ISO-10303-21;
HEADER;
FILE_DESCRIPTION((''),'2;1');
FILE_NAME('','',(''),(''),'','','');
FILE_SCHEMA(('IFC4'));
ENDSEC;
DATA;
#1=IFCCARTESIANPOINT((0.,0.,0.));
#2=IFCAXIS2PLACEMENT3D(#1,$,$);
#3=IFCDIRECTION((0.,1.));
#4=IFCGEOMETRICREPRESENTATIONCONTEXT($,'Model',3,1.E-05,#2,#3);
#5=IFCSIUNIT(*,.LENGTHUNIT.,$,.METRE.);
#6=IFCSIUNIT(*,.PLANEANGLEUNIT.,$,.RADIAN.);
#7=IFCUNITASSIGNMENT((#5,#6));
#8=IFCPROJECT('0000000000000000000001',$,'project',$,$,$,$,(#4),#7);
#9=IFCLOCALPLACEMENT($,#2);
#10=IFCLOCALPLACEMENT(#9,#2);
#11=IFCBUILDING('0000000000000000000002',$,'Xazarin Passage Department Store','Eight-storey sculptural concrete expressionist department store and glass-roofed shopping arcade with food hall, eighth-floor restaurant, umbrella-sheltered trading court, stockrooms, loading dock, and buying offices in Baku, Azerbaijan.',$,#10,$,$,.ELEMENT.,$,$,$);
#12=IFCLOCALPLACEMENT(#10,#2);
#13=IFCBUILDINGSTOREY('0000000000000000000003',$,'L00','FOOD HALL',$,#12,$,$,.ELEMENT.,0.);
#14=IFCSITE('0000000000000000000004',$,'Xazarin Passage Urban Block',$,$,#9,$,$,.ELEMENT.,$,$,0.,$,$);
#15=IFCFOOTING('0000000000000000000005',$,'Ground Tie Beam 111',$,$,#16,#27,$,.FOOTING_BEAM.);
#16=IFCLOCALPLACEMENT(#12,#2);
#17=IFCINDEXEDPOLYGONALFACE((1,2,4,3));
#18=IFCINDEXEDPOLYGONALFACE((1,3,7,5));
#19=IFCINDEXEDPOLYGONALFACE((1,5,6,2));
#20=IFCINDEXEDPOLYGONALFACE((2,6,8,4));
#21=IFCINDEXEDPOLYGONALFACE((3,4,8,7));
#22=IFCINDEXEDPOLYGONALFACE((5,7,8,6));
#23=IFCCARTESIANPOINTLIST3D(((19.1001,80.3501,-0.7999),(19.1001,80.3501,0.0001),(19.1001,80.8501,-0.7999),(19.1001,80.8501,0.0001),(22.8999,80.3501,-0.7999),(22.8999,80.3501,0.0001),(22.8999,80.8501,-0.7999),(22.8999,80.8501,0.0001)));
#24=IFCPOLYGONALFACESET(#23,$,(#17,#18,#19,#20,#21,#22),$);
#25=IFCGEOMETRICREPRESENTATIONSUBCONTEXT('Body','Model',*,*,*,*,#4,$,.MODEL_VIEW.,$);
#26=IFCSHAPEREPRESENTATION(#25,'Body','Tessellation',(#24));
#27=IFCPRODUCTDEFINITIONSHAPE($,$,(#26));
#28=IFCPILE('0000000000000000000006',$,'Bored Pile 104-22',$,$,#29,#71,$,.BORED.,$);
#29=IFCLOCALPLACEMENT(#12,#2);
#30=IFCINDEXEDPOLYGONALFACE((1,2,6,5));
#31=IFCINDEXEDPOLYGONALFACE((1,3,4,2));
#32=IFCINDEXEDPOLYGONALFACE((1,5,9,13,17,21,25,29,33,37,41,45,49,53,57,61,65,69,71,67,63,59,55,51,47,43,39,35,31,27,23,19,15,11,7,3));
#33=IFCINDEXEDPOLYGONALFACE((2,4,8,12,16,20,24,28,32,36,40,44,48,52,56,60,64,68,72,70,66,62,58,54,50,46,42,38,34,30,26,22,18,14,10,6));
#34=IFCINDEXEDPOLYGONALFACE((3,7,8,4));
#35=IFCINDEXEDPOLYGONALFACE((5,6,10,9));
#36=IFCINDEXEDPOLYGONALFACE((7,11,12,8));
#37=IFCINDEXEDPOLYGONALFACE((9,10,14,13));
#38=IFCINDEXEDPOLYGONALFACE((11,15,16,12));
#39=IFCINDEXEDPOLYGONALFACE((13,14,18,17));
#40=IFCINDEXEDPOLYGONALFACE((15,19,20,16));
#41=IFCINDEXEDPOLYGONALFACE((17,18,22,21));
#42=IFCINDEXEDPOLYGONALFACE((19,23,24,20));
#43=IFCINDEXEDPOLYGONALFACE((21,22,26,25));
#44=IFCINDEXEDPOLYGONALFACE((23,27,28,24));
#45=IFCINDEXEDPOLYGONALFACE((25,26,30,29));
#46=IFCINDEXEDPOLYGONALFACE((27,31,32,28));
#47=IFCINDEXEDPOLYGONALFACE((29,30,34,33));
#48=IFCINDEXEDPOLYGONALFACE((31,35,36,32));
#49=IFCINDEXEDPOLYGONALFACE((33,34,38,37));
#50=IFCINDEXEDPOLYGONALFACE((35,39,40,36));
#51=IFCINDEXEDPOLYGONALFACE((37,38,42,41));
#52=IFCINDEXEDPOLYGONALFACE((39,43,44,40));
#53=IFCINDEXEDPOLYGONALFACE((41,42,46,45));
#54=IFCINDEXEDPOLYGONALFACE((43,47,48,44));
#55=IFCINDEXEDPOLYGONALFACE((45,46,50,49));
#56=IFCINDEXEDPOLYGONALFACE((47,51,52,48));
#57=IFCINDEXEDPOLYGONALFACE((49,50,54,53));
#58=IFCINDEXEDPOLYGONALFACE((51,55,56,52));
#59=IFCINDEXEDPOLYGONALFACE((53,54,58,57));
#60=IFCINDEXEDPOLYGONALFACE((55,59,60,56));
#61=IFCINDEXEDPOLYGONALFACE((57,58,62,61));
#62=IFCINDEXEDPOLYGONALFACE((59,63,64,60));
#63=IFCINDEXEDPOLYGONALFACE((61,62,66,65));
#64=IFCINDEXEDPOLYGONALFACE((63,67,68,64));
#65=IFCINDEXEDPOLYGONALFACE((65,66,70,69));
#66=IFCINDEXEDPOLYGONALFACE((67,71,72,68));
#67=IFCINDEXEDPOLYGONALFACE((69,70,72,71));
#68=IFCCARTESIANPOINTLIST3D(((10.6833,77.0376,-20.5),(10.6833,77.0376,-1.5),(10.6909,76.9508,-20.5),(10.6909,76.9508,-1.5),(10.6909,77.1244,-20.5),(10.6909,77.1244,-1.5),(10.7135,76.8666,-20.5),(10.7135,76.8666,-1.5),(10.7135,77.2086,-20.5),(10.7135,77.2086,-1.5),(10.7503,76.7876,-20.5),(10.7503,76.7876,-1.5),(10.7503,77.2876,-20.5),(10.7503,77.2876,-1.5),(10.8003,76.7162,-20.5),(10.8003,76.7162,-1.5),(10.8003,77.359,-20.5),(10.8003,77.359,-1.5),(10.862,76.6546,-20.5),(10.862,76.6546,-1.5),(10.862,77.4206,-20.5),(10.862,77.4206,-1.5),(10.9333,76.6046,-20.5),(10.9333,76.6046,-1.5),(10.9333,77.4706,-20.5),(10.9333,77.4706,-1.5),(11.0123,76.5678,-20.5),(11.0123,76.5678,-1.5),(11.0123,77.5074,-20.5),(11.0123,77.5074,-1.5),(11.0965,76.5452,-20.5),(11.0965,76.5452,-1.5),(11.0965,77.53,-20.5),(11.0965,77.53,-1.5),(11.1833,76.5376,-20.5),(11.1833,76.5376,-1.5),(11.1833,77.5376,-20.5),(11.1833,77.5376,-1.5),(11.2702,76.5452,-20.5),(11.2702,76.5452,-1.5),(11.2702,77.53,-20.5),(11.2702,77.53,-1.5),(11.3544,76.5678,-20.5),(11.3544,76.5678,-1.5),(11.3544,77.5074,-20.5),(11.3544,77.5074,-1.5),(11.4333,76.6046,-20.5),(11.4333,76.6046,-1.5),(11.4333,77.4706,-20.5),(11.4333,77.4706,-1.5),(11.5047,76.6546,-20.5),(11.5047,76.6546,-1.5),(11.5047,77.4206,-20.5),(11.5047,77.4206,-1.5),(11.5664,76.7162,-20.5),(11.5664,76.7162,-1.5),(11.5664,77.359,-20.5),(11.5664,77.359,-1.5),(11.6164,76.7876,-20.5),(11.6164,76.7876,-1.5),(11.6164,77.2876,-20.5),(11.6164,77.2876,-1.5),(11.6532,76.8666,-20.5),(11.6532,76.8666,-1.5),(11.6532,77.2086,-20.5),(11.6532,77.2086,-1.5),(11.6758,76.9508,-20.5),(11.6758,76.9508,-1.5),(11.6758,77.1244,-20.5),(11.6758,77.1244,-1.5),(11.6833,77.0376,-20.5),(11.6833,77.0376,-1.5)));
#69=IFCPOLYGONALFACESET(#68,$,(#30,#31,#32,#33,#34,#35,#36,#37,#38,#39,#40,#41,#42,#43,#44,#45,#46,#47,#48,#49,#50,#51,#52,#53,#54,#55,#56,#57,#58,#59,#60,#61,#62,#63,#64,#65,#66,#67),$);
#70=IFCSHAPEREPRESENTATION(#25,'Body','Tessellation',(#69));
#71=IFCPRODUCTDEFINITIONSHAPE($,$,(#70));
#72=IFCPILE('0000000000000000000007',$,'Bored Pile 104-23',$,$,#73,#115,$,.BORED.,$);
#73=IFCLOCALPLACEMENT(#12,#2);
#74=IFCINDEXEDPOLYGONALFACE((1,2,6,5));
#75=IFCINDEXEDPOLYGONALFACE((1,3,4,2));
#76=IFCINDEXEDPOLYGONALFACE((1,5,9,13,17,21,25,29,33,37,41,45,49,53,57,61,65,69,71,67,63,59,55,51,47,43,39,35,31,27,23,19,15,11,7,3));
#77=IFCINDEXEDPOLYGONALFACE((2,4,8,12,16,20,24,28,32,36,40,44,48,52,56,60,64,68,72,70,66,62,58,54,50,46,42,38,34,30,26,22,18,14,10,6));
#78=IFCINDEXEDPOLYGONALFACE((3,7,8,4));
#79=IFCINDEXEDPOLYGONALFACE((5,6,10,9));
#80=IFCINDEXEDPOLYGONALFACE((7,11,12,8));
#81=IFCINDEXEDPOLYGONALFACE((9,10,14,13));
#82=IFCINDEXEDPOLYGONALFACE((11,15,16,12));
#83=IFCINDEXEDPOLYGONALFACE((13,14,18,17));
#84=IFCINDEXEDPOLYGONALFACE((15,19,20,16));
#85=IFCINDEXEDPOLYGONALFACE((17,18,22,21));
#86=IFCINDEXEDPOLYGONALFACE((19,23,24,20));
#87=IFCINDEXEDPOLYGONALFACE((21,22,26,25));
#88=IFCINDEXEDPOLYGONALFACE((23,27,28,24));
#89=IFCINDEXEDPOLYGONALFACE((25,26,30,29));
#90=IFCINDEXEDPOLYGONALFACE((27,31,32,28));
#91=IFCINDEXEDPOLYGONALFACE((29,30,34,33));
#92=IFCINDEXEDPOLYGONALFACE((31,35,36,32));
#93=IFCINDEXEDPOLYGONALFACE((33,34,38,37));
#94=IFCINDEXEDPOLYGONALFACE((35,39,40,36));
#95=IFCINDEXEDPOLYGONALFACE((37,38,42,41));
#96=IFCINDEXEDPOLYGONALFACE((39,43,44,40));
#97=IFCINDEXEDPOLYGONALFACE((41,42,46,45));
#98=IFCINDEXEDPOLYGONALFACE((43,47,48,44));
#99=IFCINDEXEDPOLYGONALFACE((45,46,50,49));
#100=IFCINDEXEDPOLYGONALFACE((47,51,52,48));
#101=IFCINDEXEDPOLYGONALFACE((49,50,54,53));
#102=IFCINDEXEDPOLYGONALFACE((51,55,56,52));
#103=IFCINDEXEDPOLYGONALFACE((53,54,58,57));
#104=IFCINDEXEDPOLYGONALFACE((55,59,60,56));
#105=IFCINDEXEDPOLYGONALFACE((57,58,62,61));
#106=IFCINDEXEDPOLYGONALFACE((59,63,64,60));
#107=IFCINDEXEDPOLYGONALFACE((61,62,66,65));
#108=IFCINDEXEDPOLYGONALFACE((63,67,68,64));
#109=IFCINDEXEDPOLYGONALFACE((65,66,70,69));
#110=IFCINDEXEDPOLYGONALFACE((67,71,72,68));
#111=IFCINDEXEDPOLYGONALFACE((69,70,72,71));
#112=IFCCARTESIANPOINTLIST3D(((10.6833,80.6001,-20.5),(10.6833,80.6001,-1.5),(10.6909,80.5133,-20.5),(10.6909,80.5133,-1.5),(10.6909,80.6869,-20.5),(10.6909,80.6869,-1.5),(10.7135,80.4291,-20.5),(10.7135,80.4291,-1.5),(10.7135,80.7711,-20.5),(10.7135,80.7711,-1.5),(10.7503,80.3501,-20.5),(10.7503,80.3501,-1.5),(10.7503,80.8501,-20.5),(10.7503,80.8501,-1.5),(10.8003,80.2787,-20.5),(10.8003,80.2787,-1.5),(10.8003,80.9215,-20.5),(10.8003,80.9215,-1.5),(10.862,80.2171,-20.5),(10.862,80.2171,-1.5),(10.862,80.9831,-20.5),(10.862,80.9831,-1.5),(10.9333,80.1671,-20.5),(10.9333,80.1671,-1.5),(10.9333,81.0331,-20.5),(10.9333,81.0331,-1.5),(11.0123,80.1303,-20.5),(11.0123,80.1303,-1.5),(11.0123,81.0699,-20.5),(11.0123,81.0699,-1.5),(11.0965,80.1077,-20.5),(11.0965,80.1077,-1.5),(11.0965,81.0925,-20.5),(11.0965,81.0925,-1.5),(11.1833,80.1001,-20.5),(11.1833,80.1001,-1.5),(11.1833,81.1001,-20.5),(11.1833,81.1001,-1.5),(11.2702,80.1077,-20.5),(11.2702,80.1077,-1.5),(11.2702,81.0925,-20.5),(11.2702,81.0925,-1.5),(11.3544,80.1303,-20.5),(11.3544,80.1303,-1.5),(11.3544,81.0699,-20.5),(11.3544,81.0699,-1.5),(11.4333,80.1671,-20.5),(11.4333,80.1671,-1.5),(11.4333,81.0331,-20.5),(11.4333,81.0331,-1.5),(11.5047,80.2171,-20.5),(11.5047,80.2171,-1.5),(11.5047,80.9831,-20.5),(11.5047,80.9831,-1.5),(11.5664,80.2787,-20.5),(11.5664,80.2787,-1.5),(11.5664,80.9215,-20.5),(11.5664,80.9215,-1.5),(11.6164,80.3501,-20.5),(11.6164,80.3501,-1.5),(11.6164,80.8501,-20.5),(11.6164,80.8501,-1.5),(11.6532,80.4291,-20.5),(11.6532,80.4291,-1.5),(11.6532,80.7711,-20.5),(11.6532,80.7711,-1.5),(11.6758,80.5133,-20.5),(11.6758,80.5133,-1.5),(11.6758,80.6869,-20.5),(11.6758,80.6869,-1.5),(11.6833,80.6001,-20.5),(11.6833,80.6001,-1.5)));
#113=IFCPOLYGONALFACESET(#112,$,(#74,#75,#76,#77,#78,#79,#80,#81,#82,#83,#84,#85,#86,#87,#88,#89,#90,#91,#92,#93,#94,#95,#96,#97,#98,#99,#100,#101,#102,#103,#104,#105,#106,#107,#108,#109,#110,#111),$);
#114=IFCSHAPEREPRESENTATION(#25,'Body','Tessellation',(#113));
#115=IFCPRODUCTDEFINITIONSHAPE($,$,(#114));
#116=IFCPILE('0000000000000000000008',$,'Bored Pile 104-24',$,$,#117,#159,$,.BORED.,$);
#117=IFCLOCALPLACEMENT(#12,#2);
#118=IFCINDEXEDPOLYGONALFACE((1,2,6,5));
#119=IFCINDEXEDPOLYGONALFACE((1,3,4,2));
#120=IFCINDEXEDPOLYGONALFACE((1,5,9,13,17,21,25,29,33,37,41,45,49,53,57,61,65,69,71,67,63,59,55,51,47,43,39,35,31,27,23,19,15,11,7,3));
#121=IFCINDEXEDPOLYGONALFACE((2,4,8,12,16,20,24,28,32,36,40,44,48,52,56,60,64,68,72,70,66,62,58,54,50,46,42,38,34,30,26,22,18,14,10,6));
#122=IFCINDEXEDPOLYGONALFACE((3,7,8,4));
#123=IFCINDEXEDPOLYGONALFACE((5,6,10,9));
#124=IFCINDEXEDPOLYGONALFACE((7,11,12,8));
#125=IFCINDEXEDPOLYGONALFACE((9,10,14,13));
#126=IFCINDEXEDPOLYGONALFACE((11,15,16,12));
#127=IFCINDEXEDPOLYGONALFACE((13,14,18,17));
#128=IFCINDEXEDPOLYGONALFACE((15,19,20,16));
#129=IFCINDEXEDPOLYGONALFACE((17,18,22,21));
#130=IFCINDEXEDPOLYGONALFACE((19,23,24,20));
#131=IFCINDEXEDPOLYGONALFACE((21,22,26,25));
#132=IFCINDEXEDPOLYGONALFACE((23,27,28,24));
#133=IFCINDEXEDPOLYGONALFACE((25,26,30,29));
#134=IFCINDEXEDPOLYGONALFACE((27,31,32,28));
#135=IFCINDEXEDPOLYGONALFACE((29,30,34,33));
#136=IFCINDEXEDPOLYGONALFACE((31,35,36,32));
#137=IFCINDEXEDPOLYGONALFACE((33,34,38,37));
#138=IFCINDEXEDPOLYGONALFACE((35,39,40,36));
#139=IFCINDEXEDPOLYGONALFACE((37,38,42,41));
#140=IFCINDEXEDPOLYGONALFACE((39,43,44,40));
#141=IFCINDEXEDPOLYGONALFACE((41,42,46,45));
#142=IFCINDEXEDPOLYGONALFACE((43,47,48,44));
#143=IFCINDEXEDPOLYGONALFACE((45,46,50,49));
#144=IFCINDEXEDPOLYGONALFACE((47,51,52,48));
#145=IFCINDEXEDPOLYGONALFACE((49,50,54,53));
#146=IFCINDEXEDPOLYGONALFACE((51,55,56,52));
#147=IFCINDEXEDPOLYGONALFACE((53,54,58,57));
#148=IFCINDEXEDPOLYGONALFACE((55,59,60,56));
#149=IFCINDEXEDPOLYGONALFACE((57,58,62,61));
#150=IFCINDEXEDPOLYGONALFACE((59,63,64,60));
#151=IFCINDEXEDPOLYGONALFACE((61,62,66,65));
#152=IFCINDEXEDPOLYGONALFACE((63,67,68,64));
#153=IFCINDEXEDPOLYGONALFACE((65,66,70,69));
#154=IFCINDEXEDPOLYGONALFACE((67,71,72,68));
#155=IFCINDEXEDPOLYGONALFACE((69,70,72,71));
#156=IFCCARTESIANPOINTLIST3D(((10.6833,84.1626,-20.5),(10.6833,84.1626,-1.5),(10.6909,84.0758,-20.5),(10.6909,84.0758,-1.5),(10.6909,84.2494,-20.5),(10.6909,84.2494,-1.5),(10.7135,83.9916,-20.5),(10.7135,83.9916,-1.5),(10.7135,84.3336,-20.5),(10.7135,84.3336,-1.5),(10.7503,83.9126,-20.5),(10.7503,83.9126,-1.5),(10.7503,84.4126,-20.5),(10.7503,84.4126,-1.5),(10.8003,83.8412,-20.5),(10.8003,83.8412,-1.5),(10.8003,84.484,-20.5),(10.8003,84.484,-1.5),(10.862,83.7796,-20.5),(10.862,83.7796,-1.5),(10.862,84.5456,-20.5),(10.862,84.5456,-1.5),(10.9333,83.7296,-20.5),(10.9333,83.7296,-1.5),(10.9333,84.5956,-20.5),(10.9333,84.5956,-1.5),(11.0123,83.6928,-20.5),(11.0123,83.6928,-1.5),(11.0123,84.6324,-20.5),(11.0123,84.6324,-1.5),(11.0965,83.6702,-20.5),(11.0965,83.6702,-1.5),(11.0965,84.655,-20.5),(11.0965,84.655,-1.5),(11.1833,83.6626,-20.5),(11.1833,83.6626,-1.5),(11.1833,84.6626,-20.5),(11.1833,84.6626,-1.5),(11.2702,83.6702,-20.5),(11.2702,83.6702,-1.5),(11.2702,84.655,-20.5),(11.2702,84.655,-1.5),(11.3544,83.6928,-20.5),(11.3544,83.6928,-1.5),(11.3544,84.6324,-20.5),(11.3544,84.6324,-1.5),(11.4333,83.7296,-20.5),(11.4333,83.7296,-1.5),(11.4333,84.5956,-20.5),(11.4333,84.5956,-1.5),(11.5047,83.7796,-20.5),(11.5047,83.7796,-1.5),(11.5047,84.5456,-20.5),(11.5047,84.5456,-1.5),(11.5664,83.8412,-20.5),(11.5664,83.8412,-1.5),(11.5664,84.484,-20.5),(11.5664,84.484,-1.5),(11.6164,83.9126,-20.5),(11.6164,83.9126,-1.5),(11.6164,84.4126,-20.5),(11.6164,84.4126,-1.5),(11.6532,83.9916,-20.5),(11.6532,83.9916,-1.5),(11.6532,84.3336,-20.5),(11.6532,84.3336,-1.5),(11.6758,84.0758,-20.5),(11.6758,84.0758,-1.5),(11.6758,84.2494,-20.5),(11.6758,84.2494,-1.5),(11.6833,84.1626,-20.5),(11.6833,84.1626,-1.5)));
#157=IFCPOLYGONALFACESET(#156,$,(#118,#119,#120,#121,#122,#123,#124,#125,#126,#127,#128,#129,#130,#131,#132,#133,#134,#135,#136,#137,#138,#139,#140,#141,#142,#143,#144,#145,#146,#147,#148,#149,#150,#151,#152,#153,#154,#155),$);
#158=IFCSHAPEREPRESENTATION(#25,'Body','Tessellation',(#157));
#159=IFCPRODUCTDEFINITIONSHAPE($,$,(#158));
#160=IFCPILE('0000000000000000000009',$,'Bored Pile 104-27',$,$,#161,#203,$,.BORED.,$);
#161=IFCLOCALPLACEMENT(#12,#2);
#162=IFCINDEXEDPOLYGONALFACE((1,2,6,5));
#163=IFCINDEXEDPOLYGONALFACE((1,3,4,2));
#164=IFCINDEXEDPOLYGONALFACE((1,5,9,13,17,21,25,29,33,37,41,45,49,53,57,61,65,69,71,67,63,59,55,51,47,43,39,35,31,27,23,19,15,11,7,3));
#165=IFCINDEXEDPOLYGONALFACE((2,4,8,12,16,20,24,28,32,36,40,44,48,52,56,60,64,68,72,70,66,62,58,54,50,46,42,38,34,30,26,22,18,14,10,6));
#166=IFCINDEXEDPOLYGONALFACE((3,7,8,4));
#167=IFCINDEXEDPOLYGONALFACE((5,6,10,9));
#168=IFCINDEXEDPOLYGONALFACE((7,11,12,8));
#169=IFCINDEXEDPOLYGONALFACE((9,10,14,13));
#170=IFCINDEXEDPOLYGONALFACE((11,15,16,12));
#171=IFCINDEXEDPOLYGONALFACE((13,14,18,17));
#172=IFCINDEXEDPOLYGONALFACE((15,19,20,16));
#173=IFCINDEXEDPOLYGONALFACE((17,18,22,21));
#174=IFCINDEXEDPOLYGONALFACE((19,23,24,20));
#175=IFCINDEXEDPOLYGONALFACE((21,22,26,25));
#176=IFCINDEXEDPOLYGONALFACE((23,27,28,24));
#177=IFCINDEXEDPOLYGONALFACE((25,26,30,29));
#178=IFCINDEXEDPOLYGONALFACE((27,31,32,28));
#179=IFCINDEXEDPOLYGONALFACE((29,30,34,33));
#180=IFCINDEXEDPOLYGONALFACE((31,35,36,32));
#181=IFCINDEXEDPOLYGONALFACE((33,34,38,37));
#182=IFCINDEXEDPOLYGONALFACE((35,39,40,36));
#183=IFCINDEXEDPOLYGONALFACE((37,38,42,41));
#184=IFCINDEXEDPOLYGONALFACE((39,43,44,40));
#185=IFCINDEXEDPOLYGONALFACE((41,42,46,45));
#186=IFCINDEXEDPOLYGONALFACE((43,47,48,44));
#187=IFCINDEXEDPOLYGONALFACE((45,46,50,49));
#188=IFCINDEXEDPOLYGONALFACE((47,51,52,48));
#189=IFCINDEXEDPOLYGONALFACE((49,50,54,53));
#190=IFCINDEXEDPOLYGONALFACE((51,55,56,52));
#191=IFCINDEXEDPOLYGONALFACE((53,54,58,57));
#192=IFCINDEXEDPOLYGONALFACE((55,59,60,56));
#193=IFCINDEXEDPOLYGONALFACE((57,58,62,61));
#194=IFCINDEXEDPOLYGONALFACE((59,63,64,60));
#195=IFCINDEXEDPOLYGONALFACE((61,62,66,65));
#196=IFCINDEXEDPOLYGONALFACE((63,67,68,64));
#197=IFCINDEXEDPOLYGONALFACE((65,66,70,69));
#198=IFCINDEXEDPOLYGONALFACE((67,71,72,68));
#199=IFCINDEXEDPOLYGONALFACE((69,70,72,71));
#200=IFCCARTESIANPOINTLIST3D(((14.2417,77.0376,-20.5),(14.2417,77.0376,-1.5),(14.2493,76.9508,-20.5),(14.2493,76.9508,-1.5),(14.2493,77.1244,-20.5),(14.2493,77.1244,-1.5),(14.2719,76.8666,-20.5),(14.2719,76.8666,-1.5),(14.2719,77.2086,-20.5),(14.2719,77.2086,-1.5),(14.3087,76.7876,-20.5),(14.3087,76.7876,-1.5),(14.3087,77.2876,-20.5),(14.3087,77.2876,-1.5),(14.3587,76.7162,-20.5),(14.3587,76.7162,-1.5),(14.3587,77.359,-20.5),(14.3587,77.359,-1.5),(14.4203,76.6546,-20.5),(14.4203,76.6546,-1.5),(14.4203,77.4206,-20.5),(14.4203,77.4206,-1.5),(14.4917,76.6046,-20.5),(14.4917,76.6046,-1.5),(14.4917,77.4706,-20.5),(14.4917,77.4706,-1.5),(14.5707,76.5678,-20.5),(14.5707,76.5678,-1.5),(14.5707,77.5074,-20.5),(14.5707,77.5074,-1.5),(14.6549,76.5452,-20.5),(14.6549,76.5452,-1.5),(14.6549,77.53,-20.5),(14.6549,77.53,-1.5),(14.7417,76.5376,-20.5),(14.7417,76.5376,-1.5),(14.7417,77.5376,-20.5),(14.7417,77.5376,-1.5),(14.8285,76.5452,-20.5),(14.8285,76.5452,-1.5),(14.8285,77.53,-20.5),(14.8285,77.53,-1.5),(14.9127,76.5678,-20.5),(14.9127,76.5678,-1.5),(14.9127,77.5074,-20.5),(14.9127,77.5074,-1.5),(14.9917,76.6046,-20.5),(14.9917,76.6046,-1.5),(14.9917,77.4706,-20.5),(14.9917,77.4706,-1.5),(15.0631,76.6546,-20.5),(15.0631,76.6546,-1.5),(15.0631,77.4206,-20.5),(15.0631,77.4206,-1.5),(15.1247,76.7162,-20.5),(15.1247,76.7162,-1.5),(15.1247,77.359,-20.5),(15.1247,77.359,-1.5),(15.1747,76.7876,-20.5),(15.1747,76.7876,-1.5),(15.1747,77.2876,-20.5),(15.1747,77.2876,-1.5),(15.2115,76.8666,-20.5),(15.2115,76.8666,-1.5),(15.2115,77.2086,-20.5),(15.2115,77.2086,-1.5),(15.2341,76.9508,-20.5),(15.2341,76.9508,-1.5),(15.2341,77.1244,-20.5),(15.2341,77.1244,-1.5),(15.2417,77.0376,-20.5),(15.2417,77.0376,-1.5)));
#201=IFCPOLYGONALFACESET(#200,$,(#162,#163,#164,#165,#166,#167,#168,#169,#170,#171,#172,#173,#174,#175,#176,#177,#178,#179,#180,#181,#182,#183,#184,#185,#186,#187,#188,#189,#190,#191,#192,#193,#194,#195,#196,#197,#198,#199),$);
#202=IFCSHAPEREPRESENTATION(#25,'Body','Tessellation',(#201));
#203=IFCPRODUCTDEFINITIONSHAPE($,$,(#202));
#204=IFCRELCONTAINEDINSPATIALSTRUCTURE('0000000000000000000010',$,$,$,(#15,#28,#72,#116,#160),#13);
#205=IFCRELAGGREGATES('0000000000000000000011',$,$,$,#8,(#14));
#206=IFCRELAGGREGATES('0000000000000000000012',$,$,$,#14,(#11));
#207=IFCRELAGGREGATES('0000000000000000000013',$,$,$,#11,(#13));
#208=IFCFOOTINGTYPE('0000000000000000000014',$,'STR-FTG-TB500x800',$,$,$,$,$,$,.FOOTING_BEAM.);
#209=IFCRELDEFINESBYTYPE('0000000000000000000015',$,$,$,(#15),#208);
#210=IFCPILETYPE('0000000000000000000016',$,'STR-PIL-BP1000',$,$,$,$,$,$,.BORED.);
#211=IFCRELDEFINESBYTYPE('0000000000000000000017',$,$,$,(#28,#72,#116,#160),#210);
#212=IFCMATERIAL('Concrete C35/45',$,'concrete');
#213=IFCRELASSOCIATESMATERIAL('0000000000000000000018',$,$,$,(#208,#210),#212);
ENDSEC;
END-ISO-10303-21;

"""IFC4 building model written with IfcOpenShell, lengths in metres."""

from ifc_helpers import new_model, si_unit, direction, frame, origin, origin_2d, place, context, subcontext, project, spatial, rectangle, circle, extrude, material, material_profile, profile_set, type_object, element, save


model = new_model("IFC4")

# Units and contexts
model_context = context("Model", 3, precision=1e-05, world=origin(), true_north=direction((0.0, 1.0)))
body_context = subcontext(model_context, "Body", "Model", "MODEL_VIEW")
ifc_project = project(units=[si_unit("LENGTHUNIT", "METRE"), si_unit("PLANEANGLEUNIT", "RADIAN")], contexts=[model_context])

# Site, building, storey
site_placement = place(None, origin())
site = spatial("IfcSite", under=ifc_project, at=site_placement, Name="Xazarin Passage Urban Block", CompositionType="ELEMENT", RefElevation=0.0)
building_placement = place(site_placement, origin())
building = spatial("IfcBuilding", under=site, at=building_placement, Name="Xazarin Passage Department Store", Description="Eight-storey sculptural concrete expressionist department store and glass-roofed shopping arcade with food hall, eighth-floor restaurant, umbrella-sheltered trading court, stockrooms, loading dock, and buying offices in Baku, Azerbaijan.", CompositionType="ELEMENT")
storey_placement = place(building_placement, origin())
storey = spatial("IfcBuildingStorey", under=building, at=storey_placement, Name="L00", Description="FOOD HALL", CompositionType="ELEMENT", Elevation=0.0)

# Footing
ifc_material_1 = material(Name="Concrete C35/45", Category="concrete")
ifc_material_profile_1 = material_profile(ifc_material_1, rectangle(XDim=0.5, YDim=0.8, at=origin_2d()), Name="RC 500x800")
ifc_profile_set_1 = profile_set([ifc_material_profile_1], Name="Concrete C35/45")
footing_type = type_object("IfcFootingType", Name="STR-FTG-TB500x800", PredefinedType="FOOTING_BEAM", material=ifc_profile_set_1)
footing_placement = place(storey_placement, frame((19.1001, 80.6001, -0.3999), z_axis=(1.0, 0.0, 0.0), x_axis=(0.0, 1.0, 0.0)))
element("IfcFooting", 1, at=footing_placement, inside=storey, type_object=footing_type, Name="Ground Tie Beam 111", PredefinedType="FOOTING_BEAM", context=body_context, shape_type="SweptSolid", body=[
    extrude(rectangle(XDim=0.5, YDim=0.8, at=origin_2d()), origin(), (0.0, 0.0, 1.0), 3.7998),
])

# Piles
ifc_material_profile_2 = material_profile(ifc_material_1, circle(Radius=0.5, at=origin_2d()), Name="BP 1000")
ifc_profile_set_2 = profile_set([ifc_material_profile_2], Name="Concrete C35/45")
pile_type_1 = type_object("IfcPileType", Name="STR-PIL-BP1000", PredefinedType="BORED", material=ifc_profile_set_2)
for number, where, z_axis, x_axis, name in (
    (2, (11.1833, 77.0376, -1.5), (0.0, 0.0, -1.0), (1.0, 0.0, 0.0), "Bored Pile 104-22"),
    (3, (11.1833, 80.6001, -1.5), (0.0, 0.0, -1.0), (1.0, 0.0, 0.0), "Bored Pile 104-23"),
    (4, (11.1833, 84.1626, -1.5), (0.0, 0.0, -1.0), (1.0, 0.0, 0.0), "Bored Pile 104-24"),
    (5, (14.7417, 77.0376, -1.5), (0.0, 0.0, -1.0), (1.0, 0.0, 0.0), "Bored Pile 104-27"),
):
    element("IfcPile", number, at=place(storey_placement, frame(where, z_axis=z_axis, x_axis=x_axis)), inside=storey, type_object=pile_type_1, Name=name, PredefinedType="BORED", context=body_context, shape_type="SweptSolid", body=[
        extrude(circle(Radius=0.5, at=origin_2d()), origin(), (0.0, 0.0, 1.0), 19.0),
    ])

save(model, "model.ifc")
